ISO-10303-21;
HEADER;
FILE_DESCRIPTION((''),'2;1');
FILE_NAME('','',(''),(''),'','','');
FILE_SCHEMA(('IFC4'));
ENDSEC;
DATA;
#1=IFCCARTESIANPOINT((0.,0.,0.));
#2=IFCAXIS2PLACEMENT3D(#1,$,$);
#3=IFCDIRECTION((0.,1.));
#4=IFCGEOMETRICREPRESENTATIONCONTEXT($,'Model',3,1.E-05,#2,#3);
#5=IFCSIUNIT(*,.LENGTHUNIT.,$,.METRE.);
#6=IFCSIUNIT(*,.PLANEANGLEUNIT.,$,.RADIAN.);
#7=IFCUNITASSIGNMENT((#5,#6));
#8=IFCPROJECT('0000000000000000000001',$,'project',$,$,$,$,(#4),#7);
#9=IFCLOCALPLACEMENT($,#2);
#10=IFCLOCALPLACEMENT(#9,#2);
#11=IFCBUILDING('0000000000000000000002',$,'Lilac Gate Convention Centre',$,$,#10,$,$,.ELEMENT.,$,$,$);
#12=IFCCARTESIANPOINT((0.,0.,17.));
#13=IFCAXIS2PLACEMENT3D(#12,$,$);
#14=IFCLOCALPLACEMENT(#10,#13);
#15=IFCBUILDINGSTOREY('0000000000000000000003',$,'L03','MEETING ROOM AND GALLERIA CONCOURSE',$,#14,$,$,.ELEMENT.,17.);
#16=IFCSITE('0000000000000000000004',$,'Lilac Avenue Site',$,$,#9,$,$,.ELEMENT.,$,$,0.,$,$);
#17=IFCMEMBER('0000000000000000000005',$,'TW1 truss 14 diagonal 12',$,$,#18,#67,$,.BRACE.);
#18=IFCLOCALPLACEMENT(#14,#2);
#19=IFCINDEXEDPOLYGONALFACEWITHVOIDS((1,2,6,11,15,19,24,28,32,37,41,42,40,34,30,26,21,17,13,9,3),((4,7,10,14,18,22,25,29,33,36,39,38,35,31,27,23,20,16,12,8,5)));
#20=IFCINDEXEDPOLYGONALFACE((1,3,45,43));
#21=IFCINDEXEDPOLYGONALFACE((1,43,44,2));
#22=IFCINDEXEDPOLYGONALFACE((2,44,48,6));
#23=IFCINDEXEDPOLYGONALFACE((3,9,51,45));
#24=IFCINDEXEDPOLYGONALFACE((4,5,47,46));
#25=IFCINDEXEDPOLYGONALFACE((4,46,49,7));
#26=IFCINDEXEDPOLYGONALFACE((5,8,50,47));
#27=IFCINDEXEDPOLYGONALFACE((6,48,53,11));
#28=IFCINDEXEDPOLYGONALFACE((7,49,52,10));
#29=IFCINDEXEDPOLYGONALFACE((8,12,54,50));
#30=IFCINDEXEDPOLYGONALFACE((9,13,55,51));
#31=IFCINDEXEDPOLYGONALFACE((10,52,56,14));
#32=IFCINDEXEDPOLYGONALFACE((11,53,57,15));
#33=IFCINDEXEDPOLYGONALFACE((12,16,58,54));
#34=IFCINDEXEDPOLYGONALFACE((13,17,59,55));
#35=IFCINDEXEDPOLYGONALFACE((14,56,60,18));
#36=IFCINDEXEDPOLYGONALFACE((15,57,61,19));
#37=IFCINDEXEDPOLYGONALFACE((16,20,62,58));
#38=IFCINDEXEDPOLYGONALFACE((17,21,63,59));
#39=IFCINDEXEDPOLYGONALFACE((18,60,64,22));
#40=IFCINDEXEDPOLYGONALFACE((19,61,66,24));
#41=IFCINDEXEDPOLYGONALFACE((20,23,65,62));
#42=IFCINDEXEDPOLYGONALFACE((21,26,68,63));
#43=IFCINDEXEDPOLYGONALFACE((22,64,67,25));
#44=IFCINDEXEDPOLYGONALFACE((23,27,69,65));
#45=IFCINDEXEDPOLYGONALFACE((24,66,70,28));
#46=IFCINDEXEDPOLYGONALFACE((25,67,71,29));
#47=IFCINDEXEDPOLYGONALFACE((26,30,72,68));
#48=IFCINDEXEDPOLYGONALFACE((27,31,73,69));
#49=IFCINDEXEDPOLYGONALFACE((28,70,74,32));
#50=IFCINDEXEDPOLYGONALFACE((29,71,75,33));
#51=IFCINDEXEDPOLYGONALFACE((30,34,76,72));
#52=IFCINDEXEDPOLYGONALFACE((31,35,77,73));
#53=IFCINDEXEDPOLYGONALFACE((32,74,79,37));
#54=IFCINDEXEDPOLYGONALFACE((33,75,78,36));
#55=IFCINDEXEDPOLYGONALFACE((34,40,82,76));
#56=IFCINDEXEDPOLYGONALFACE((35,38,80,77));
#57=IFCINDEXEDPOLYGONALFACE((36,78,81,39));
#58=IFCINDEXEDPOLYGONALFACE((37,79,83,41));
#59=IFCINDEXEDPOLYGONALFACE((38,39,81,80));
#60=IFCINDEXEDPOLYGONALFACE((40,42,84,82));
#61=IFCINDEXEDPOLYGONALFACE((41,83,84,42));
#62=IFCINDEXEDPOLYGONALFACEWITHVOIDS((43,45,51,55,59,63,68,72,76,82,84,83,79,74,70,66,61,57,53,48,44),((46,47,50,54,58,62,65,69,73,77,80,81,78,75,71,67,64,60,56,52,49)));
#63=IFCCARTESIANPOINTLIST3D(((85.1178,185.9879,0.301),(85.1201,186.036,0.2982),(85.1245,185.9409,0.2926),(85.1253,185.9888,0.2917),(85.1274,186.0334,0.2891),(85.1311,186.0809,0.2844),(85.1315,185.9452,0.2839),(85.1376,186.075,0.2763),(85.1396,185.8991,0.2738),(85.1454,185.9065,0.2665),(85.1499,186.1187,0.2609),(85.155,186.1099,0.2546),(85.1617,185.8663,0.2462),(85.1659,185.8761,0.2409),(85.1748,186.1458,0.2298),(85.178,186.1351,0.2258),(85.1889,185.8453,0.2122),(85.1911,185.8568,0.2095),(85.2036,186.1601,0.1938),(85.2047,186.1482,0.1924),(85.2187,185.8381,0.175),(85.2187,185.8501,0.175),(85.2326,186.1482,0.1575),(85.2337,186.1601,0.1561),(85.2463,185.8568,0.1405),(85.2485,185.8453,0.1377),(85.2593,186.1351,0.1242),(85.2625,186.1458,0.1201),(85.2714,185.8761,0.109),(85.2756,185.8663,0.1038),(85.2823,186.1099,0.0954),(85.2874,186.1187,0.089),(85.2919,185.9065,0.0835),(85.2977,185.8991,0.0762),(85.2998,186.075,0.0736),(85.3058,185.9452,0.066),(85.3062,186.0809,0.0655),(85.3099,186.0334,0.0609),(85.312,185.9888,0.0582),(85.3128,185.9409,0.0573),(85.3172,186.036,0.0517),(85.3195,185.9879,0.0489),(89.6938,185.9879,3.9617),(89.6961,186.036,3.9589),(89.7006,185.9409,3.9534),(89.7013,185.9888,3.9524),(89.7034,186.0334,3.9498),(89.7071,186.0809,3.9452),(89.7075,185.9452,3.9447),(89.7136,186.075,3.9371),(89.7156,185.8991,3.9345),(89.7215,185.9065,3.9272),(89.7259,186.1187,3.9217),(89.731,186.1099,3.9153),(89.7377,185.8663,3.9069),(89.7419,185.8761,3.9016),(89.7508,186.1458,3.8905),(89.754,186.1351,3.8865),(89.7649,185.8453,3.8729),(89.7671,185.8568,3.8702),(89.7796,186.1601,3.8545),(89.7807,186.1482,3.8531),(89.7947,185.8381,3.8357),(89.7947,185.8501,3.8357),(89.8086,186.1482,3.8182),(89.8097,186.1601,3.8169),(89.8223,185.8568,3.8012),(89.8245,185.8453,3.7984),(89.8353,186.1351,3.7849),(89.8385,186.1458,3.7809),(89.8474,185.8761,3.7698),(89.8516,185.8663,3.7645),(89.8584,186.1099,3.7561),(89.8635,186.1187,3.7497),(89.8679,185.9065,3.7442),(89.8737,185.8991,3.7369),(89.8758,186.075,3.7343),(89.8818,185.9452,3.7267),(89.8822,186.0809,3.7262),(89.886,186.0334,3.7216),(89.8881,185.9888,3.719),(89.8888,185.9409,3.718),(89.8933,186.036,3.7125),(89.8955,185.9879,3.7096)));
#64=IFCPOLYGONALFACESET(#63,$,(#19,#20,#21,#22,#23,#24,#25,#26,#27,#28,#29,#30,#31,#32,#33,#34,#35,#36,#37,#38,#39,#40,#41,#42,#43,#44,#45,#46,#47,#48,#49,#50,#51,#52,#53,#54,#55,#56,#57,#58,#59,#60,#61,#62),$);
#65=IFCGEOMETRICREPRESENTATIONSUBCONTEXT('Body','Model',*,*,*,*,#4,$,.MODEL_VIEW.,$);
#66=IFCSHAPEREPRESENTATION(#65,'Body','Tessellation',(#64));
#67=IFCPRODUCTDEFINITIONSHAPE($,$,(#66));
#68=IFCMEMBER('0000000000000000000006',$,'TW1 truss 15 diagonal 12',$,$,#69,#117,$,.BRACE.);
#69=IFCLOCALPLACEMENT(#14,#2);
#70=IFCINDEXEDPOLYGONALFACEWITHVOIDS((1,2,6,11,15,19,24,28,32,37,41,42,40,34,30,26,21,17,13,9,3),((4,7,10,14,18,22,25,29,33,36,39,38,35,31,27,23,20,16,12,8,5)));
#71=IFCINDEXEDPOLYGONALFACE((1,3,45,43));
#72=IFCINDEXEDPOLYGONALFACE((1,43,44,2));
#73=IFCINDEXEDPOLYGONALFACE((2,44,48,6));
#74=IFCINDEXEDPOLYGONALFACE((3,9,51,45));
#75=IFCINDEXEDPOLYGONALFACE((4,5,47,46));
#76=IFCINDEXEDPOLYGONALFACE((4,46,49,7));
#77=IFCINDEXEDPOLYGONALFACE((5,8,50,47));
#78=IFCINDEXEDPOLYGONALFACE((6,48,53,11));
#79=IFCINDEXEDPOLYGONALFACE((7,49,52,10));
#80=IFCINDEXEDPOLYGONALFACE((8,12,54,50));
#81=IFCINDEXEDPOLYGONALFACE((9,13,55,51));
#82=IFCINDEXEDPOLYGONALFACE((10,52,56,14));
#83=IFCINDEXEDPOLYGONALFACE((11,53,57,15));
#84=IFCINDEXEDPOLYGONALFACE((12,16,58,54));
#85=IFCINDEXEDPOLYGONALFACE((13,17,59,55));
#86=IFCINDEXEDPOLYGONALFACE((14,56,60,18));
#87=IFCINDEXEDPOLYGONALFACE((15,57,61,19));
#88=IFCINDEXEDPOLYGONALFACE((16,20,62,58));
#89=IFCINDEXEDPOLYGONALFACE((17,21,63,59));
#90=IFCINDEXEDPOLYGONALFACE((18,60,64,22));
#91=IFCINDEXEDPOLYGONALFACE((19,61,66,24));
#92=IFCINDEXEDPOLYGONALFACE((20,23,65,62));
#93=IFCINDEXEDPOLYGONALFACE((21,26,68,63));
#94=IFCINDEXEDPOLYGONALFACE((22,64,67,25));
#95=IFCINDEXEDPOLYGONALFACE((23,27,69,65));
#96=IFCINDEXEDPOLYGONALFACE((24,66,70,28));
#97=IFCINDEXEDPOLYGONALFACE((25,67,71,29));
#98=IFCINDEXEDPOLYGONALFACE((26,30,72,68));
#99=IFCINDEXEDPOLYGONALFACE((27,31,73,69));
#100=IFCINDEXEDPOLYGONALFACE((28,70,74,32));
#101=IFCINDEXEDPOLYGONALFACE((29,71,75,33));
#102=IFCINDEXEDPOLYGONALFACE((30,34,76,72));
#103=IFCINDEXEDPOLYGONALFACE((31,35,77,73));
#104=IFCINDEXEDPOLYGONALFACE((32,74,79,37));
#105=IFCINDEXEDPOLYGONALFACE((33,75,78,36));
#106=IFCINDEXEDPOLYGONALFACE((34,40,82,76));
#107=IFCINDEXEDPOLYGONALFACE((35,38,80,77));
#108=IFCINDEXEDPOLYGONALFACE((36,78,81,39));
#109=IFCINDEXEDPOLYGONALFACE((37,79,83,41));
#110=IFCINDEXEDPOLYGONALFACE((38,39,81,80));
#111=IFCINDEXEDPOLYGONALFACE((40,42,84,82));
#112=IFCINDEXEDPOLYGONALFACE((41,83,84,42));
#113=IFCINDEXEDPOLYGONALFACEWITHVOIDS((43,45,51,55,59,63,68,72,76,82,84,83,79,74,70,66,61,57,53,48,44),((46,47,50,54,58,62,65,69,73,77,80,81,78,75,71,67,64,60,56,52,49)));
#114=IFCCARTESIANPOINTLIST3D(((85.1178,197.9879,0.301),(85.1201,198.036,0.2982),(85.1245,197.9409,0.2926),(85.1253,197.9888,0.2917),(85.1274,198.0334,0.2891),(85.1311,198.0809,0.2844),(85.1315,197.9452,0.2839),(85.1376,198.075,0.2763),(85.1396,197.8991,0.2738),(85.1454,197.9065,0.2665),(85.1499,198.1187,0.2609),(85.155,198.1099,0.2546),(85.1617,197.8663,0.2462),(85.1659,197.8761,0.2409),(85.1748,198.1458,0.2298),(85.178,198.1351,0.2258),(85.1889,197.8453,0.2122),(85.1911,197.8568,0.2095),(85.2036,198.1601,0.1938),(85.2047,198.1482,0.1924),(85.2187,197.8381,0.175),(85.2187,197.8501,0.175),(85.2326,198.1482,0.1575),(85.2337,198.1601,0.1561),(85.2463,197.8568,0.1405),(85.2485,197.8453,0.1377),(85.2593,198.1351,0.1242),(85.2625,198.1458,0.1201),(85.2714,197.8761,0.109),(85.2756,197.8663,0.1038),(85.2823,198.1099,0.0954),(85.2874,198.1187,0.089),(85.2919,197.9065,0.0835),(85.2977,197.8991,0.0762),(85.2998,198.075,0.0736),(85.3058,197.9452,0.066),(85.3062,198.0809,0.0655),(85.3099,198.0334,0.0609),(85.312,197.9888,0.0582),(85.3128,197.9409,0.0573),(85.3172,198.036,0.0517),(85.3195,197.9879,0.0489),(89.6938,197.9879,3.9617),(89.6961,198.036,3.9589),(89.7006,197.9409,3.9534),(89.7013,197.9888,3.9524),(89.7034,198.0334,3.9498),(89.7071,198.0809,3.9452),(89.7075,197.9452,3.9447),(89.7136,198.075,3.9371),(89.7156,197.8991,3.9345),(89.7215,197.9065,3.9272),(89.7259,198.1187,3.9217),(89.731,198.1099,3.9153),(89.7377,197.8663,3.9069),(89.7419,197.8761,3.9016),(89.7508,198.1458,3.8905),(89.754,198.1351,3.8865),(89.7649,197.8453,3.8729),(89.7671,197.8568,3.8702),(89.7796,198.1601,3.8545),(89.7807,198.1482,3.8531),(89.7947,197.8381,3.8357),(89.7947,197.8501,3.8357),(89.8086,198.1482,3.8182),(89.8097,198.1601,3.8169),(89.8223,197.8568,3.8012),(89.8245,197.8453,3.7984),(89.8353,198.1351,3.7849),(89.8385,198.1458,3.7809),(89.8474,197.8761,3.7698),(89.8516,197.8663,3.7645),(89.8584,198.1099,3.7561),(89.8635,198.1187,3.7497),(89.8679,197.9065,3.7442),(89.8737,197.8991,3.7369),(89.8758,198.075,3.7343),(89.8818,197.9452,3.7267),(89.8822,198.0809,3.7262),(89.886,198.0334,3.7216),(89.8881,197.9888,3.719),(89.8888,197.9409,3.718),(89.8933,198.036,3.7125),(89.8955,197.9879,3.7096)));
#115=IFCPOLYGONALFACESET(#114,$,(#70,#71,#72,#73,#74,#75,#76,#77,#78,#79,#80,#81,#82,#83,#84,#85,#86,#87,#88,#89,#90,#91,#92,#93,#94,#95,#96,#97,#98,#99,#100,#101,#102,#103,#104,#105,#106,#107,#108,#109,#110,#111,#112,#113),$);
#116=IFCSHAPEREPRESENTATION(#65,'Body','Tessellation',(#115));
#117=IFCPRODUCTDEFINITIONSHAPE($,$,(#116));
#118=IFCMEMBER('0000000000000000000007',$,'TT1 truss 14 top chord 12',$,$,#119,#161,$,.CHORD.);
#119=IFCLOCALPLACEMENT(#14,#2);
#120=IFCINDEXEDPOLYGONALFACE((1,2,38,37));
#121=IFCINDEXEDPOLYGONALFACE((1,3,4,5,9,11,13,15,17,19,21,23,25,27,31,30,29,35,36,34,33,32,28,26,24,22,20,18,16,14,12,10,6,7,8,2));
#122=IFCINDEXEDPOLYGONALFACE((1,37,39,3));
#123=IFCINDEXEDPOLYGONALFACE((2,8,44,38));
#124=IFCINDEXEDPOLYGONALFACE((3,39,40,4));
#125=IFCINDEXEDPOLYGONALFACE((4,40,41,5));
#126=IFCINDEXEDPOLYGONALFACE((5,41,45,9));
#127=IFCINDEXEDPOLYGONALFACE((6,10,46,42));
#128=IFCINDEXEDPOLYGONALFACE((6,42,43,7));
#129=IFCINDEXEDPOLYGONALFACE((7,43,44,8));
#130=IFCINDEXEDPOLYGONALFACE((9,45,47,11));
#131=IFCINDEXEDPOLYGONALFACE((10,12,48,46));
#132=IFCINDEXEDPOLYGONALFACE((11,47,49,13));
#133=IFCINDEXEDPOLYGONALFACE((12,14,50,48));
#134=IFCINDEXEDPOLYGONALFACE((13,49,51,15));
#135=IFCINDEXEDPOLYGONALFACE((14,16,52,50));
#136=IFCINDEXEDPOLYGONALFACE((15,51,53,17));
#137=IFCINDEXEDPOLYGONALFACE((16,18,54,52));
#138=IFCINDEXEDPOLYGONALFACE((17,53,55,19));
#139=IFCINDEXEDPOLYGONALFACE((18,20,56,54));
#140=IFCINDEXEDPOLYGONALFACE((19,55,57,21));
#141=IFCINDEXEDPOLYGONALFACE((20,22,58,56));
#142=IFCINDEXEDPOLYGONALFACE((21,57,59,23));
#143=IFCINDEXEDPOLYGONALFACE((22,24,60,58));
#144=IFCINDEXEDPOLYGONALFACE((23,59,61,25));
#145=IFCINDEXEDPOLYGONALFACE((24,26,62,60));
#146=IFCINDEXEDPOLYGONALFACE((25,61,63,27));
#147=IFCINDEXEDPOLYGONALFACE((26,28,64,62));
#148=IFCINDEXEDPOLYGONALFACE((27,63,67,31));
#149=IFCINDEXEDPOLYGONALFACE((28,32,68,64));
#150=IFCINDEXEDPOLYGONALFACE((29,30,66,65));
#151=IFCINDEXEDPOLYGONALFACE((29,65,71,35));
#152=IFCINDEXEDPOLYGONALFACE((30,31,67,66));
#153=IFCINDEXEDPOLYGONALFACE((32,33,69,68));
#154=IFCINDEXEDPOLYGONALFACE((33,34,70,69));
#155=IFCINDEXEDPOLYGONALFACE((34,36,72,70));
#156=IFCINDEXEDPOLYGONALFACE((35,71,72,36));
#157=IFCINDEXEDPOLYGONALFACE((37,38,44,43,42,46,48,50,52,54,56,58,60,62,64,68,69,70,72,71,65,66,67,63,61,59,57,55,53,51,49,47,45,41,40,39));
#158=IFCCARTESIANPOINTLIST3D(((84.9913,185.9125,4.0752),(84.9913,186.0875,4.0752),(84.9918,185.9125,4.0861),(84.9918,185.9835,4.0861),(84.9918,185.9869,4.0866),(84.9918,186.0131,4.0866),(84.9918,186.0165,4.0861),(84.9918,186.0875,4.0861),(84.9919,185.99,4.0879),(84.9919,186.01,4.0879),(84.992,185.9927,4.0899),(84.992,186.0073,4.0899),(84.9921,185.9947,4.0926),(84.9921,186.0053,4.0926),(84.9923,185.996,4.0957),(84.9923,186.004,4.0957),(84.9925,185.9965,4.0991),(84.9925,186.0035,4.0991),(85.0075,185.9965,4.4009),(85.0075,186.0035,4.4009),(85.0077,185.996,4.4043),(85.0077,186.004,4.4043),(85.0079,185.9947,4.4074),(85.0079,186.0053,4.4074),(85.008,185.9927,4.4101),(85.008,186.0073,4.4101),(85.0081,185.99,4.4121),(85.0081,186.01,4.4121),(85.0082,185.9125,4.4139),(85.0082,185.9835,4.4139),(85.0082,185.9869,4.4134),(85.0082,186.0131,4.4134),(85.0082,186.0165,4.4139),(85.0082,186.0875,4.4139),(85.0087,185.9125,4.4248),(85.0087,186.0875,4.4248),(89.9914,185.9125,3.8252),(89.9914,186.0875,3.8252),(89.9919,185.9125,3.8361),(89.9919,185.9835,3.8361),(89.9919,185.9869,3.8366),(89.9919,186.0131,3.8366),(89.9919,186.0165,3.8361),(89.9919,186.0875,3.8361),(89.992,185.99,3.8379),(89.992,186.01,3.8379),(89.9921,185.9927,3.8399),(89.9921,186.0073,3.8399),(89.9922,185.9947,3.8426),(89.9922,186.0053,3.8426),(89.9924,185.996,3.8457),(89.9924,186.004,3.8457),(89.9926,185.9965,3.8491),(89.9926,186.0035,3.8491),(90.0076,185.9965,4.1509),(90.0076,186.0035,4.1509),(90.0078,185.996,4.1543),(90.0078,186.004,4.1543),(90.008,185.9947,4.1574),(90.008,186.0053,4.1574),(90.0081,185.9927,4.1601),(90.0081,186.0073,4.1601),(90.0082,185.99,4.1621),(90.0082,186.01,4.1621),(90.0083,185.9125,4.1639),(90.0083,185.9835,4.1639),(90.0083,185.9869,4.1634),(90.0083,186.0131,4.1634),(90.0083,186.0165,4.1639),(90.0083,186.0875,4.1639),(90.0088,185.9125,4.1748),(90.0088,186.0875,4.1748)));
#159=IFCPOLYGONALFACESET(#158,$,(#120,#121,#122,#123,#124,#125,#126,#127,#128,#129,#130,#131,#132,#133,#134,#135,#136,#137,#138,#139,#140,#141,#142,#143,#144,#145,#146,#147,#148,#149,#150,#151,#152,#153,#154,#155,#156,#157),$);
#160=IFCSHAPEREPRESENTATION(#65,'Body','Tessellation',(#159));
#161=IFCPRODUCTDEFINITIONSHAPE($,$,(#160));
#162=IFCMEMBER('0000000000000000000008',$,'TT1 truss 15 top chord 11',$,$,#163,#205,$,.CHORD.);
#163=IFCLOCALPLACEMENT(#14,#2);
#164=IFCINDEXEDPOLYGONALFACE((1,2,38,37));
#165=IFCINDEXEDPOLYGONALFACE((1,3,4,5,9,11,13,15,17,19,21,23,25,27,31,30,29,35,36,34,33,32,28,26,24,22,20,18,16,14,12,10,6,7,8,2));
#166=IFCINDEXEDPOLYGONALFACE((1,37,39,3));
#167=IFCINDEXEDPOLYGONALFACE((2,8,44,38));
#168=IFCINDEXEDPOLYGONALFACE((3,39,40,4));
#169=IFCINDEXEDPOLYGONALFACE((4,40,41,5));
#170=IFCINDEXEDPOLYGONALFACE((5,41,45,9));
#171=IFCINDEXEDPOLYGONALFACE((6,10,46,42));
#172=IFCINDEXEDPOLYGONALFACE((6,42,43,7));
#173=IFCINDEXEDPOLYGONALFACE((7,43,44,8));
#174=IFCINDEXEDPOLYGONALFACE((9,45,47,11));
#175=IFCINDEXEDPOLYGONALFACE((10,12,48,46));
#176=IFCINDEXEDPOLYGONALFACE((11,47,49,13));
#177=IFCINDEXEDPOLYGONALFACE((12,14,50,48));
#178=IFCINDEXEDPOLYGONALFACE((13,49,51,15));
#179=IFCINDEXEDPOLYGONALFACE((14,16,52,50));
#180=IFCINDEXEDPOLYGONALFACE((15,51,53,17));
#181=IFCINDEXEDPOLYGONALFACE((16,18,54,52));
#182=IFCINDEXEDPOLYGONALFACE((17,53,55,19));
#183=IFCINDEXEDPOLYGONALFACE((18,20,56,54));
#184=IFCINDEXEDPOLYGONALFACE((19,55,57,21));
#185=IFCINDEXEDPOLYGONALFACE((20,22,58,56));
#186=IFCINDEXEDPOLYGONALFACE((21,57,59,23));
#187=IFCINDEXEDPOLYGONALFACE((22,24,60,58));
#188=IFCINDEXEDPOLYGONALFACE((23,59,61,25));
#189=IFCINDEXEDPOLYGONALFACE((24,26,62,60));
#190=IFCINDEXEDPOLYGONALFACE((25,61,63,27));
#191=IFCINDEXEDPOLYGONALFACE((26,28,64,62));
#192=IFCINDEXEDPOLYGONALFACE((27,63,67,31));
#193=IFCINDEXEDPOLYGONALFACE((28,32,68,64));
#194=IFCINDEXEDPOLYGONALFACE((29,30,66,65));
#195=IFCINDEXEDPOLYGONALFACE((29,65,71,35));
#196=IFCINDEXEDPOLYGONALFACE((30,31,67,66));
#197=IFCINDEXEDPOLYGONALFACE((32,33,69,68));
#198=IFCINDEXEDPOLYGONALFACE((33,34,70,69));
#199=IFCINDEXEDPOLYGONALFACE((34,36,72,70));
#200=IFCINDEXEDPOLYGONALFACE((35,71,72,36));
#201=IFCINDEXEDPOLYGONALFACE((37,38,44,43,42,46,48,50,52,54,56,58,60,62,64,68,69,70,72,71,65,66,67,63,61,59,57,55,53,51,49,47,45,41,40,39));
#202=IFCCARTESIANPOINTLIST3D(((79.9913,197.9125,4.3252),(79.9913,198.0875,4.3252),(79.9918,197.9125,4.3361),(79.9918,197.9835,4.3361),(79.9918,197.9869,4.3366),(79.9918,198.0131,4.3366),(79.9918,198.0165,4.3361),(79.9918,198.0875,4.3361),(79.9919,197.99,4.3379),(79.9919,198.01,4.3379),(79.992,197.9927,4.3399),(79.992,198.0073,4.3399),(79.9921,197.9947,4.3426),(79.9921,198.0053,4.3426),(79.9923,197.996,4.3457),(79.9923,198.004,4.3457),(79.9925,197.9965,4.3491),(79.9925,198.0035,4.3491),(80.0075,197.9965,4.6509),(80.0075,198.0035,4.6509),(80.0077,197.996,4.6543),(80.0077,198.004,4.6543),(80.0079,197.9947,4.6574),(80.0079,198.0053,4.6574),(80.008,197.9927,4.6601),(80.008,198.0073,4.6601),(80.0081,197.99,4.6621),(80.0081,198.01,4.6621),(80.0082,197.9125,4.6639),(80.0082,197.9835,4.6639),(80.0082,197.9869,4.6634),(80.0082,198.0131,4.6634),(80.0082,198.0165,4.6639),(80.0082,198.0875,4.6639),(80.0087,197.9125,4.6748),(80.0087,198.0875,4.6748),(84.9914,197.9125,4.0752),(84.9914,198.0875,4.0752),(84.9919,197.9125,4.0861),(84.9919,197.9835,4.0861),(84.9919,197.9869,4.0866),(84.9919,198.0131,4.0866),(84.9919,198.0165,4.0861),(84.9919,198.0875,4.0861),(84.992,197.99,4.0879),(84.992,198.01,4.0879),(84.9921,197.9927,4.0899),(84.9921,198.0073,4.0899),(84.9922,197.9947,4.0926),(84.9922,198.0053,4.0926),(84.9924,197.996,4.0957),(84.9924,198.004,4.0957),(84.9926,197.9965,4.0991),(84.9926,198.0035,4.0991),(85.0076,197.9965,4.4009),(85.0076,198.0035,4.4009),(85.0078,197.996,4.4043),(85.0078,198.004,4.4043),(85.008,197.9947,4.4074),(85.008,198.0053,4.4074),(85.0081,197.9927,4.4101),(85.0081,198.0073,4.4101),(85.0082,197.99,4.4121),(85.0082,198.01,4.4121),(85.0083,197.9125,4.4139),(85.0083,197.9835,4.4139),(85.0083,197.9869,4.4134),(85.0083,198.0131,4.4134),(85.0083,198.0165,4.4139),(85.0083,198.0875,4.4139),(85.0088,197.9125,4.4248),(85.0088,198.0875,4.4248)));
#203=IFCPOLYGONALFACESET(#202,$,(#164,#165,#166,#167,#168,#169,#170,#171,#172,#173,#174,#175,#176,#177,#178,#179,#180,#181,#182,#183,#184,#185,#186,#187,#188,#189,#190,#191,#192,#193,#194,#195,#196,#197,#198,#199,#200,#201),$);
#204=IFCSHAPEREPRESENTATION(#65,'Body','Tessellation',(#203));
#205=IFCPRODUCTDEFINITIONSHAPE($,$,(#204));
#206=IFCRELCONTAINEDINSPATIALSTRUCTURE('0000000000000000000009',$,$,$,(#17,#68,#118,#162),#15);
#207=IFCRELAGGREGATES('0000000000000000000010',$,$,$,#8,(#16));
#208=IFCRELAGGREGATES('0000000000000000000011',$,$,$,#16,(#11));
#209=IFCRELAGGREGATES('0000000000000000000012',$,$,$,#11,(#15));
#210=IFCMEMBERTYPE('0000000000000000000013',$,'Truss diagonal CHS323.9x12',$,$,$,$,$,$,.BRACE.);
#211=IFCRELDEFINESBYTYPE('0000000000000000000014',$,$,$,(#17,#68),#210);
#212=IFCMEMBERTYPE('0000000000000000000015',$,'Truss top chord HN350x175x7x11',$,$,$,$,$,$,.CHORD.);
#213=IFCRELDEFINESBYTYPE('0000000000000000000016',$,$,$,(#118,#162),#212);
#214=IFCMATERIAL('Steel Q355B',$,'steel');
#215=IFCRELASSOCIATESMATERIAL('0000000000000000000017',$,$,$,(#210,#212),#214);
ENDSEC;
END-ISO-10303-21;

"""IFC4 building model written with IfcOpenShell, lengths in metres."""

from ifc_helpers import new_model, si_unit, direction, frame, origin, origin_2d, place, context, subcontext, project, spatial, hollow_circle, i_section, extrude, material, material_profile, profile_set, type_object, element, save


model = new_model("IFC4")

# Units and contexts
model_context = context("Model", 3, precision=1e-05, world=origin(), true_north=direction((0.0, 1.0)))
body_context = subcontext(model_context, "Body", "Model", "MODEL_VIEW")
ifc_project = project(units=[si_unit("LENGTHUNIT", "METRE"), si_unit("PLANEANGLEUNIT", "RADIAN")], contexts=[model_context])

# Site, building, storey
site_placement = place(None, origin())
site = spatial("IfcSite", under=ifc_project, at=site_placement, Name="Lilac Avenue Site", CompositionType="ELEMENT", RefElevation=0.0)
building_placement = place(site_placement, origin())
building = spatial("IfcBuilding", under=site, at=building_placement, Name="Lilac Gate Convention Centre", CompositionType="ELEMENT")
storey_placement = place(building_placement, frame((0.0, 0.0, 17.0)))
storey = spatial("IfcBuildingStorey", under=building, at=storey_placement, Name="L03", Description="MEETING ROOM AND GALLERIA CONCOURSE", CompositionType="ELEMENT", Elevation=17.0)

# Members
ifc_material = material(Name="Steel Q355B", Category="steel")
ifc_material_profile_1 = material_profile(ifc_material, hollow_circle(Radius=0.1619, WallThickness=0.012, at=origin_2d()), Name="CHS323.9x12")
ifc_profile_set_1 = profile_set([ifc_material_profile_1], Name="Steel Q355B")
member_type_1 = type_object("IfcMemberType", Name="Truss diagonal CHS323.9x12", PredefinedType="BRACE", material=ifc_profile_set_1)
for number, where, z_axis, x_axis, name in (
    (1, (89.7947, 186.0, 3.8357), (-0.780877, 0.0, -0.624685), (0.0, -1.0, 0.0), "TW1 truss 14 diagonal 12"),
    (2, (89.7947, 198.0, 3.8357), (-0.780877, 0.0, -0.624685), (0.0, -1.0, 0.0), "TW1 truss 15 diagonal 12"),
):
    element("IfcMember", number, at=place(storey_placement, frame(where, z_axis=z_axis, x_axis=x_axis)), inside=storey, type_object=member_type_1, Name=name, PredefinedType="BRACE", context=body_context, shape_type="SweptSolid", body=[
        extrude(hollow_circle(Radius=0.1619, WallThickness=0.012, at=origin_2d()), origin(), (0.0, 0.0, 1.0), 5.8601),
    ])
ifc_material_profile_2 = material_profile(ifc_material, i_section(OverallWidth=0.175, OverallDepth=0.3501, WebThickness=0.0071, FlangeThickness=0.011, FilletRadius=0.0129, at=origin_2d()), Name="HN350x175x7x11")
ifc_profile_set_2 = profile_set([ifc_material_profile_2], Name="Steel Q355B")
member_type_2 = type_object("IfcMemberType", Name="Truss top chord HN350x175x7x11", PredefinedType="CHORD", material=ifc_profile_set_2)
for number, where, z_axis, x_axis, name in (
    (3, (85.0, 186.0, 4.25), (0.998752, 0.0, -0.049938), (0.0, 1.0, 0.0), "TT1 truss 14 top chord 12"),
    (4, (80.0, 198.0, 4.5), (0.998752, 0.0, -0.049938), (0.0, 1.0, 0.0), "TT1 truss 15 top chord 11"),
):
    element("IfcMember", number, at=place(storey_placement, frame(where, z_axis=z_axis, x_axis=x_axis)), inside=storey, type_object=member_type_2, Name=name, PredefinedType="CHORD", context=body_context, shape_type="SweptSolid", body=[
        extrude(i_section(OverallWidth=0.175, OverallDepth=0.3501, WebThickness=0.0071, FlangeThickness=0.011, FilletRadius=0.0129, at=origin_2d()), origin(), (0.0, 0.0, 1.0), 5.0063),
    ])

save(model, "model.ifc")
